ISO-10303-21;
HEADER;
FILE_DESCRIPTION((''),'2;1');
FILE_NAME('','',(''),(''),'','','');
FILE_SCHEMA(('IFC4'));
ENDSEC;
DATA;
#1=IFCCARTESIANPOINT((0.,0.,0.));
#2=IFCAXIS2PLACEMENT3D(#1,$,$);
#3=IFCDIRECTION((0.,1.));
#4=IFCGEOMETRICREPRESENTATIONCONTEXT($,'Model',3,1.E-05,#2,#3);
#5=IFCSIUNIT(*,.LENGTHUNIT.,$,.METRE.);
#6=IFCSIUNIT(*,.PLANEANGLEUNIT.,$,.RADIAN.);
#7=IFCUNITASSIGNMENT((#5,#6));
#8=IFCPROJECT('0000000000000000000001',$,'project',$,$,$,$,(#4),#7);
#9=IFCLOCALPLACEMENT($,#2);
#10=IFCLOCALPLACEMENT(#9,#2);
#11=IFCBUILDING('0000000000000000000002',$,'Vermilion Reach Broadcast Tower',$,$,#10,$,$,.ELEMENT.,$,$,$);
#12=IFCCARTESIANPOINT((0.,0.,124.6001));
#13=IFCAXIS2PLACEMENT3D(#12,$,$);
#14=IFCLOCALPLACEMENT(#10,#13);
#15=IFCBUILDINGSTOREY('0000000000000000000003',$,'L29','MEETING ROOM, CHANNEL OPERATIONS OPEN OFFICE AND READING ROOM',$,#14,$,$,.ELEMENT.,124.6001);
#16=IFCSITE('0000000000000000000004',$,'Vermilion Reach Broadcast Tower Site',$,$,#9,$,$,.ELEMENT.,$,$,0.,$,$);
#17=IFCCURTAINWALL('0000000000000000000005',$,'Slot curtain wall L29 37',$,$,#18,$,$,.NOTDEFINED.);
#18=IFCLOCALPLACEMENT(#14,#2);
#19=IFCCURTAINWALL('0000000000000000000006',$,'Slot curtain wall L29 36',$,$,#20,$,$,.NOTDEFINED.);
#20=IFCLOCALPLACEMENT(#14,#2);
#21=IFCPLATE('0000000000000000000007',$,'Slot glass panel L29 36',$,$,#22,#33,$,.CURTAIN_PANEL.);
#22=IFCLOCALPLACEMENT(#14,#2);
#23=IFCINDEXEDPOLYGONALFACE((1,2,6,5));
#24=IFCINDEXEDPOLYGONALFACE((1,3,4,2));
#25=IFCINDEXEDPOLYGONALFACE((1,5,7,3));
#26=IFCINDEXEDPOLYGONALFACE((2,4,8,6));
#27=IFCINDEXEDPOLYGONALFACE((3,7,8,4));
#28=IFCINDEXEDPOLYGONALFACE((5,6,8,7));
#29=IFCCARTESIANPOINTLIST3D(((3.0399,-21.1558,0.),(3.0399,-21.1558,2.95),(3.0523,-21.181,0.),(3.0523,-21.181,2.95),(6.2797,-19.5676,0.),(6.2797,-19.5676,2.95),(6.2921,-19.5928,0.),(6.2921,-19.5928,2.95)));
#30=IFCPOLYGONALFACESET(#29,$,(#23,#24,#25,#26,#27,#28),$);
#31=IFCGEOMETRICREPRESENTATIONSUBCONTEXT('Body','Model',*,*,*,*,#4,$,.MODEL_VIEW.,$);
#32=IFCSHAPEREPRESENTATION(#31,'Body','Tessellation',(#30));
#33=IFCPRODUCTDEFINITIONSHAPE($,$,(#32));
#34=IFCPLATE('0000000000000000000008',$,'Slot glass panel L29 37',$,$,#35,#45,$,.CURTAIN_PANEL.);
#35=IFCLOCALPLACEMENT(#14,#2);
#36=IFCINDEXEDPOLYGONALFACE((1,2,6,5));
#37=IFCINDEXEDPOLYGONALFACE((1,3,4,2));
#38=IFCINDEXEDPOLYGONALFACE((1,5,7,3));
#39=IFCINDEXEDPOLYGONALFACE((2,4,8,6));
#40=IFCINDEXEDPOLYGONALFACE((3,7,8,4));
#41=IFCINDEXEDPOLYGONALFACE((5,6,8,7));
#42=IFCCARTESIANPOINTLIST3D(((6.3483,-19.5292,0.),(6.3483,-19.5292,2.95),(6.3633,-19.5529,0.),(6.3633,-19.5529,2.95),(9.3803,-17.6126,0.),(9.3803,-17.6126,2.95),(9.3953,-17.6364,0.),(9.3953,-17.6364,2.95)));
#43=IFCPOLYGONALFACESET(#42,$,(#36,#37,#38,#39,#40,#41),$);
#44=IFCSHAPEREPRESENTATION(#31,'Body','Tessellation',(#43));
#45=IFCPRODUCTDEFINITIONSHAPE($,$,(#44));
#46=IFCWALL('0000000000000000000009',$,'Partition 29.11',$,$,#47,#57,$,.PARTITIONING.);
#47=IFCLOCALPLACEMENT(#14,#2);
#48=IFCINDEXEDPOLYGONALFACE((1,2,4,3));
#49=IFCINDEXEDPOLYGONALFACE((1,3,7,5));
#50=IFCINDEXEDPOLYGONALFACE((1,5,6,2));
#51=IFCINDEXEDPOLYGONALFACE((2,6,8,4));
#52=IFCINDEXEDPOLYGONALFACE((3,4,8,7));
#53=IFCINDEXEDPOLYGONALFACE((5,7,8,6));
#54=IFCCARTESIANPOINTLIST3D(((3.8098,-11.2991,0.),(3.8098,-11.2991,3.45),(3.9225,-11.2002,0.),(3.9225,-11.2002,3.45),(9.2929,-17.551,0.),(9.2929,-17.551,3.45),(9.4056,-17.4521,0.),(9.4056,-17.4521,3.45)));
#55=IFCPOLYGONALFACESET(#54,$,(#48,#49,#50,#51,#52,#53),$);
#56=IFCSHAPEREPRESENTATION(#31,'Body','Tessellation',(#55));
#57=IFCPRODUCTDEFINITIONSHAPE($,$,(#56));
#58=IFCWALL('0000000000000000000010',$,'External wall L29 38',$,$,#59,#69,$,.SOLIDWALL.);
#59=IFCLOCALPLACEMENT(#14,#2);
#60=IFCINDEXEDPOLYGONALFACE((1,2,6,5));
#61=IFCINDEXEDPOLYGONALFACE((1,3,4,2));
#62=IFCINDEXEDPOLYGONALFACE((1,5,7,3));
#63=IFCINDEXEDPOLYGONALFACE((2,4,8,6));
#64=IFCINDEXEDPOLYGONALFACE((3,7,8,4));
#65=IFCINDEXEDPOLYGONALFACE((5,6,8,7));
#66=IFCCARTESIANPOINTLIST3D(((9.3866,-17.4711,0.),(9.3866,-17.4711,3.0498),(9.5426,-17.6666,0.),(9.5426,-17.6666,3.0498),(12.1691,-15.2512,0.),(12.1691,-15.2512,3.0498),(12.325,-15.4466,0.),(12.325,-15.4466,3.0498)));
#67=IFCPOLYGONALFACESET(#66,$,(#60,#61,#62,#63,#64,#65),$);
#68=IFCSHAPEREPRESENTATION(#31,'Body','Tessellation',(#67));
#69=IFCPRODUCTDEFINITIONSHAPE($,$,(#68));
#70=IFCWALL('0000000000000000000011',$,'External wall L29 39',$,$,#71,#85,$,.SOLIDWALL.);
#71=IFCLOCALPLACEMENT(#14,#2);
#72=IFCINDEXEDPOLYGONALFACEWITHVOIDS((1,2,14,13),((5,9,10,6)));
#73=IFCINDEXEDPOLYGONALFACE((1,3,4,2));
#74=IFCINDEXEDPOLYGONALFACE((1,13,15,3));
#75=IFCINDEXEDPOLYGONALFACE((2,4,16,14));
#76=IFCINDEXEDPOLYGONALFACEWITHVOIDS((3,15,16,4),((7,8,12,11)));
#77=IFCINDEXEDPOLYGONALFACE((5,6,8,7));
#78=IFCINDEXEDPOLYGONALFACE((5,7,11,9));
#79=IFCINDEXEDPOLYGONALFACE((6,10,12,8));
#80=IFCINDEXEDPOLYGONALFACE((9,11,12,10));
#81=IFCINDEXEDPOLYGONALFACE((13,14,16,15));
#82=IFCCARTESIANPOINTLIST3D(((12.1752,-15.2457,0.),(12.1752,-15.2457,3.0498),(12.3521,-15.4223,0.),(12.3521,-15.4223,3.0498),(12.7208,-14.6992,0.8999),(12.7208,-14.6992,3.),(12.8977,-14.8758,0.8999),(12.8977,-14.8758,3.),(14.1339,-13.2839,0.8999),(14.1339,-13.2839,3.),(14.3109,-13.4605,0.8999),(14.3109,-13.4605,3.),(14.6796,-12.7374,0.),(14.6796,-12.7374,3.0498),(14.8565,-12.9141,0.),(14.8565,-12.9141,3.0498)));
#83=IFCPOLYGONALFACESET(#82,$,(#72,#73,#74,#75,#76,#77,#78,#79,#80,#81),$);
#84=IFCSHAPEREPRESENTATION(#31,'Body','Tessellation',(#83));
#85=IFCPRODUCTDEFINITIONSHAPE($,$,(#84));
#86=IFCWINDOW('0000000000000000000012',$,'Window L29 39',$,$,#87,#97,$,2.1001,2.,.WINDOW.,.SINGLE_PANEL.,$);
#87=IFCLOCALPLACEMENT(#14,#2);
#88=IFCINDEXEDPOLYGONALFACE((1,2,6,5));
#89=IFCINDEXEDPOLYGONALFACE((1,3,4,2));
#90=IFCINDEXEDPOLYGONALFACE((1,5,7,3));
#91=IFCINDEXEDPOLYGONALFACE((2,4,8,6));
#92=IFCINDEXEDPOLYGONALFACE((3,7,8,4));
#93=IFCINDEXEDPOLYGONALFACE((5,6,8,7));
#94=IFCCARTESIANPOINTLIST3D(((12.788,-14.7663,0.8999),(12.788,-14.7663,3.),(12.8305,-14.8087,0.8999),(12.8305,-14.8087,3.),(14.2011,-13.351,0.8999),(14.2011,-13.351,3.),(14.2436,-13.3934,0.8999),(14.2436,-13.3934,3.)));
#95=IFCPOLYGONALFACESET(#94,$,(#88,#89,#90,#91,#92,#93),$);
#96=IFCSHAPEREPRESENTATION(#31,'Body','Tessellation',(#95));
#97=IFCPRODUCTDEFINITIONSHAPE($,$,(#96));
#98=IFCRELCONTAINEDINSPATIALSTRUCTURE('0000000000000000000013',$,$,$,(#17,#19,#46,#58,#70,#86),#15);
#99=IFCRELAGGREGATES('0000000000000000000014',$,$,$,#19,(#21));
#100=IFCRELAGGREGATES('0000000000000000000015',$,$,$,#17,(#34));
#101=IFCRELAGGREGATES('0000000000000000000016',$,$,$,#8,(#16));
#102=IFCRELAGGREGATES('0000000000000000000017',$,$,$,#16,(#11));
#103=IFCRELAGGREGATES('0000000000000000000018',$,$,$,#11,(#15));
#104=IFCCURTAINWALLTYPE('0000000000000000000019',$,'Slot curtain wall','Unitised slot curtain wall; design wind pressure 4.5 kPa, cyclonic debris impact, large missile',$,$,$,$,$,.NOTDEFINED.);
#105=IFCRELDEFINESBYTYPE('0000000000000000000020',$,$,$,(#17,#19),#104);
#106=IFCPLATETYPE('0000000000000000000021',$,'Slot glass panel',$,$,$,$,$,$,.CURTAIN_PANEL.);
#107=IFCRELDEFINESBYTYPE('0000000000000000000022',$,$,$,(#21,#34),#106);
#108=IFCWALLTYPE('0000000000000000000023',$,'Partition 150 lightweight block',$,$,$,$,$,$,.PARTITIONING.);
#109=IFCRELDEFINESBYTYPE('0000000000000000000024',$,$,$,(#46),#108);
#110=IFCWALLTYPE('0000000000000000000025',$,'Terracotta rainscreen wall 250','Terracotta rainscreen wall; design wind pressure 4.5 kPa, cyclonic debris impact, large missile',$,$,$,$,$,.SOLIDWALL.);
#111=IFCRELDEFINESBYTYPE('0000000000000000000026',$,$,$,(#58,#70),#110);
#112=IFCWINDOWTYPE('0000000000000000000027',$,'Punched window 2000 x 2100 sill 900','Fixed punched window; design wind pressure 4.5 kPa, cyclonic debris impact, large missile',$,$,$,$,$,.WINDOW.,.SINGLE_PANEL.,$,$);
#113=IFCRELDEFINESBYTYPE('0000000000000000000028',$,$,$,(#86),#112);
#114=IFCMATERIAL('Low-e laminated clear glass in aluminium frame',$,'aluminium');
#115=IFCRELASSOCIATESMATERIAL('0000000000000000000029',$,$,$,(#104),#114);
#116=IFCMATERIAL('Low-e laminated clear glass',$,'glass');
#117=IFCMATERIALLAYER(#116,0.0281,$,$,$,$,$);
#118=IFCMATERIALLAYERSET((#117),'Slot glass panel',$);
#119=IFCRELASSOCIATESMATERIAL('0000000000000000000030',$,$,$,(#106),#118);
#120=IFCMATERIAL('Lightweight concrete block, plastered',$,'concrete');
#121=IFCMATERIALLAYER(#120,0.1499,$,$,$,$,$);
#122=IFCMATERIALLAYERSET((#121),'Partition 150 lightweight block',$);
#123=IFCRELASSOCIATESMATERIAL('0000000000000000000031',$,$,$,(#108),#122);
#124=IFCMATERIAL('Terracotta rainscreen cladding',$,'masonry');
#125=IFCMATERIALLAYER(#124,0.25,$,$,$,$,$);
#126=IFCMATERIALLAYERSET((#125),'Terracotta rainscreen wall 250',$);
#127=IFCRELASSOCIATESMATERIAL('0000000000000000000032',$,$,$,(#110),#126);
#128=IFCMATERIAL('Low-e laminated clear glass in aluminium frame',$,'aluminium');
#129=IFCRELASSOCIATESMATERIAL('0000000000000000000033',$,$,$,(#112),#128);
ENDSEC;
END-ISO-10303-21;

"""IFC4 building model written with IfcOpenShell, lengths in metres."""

from ifc_helpers import new_model, si_unit, direction, frame, frame_2d, origin, origin_2d, place, context, subcontext, project, spatial, rectangle, extrude, material, layer, layer_set, type_object, element, fill, aggregate, save


model = new_model("IFC4")

# Units and contexts
model_context = context("Model", 3, precision=1e-05, world=origin(), true_north=direction((0.0, 1.0)))
body_context = subcontext(model_context, "Body", "Model", "MODEL_VIEW")
ifc_project = project(units=[si_unit("LENGTHUNIT", "METRE"), si_unit("PLANEANGLEUNIT", "RADIAN")], contexts=[model_context])

# Site, building, storey
site_placement = place(None, origin())
site = spatial("IfcSite", under=ifc_project, at=site_placement, Name="Vermilion Reach Broadcast Tower Site", CompositionType="ELEMENT", RefElevation=0.0)
building_placement = place(site_placement, origin())
building = spatial("IfcBuilding", under=site, at=building_placement, Name="Vermilion Reach Broadcast Tower", CompositionType="ELEMENT")
storey_placement = place(building_placement, frame((0.0, 0.0, 124.6001)))
storey = spatial("IfcBuildingStorey", under=building, at=storey_placement, Name="L29", Description="MEETING ROOM, CHANNEL OPERATIONS OPEN OFFICE AND READING ROOM", CompositionType="ELEMENT", Elevation=124.6001)

# Curtain wall
ifc_material_1 = material(Name="Low-e laminated clear glass in aluminium frame", Category="aluminium")
curtain_wall_type = type_object("IfcCurtainWallType", Name="Slot curtain wall", Description="Unitised slot curtain wall; design wind pressure 4.5 kPa, cyclonic debris impact, large missile", PredefinedType="NOTDEFINED", material=ifc_material_1)
placement = place(storey_placement, origin())
curtain_wall_1 = element("IfcCurtainWall", 1, at=placement, inside=storey, type_object=curtain_wall_type, Name="Slot curtain wall L29 37", PredefinedType="NOTDEFINED")

# Curtain wall, plate
curtain_wall_2 = element("IfcCurtainWall", 2, at=placement, inside=storey, type_object=curtain_wall_type, Name="Slot curtain wall L29 36", PredefinedType="NOTDEFINED")
ifc_material_2 = material(Name="Low-e laminated clear glass", Category="glass")
ifc_layer_1 = layer(ifc_material_2, 0.0281)
ifc_layer_set_1 = layer_set([ifc_layer_1], Name="Slot glass panel")
plate_type = type_object("IfcPlateType", Name="Slot glass panel", PredefinedType="CURTAIN_PANEL", material=ifc_layer_set_1)
plate_1_placement = place(storey_placement, frame((4.666, -20.3743, 0.0), z_axis=(0.0, 0.0, 1.0), x_axis=(0.897918, 0.440164, 0.0)))
plate_1 = element("IfcPlate", 3, at=plate_1_placement, type_object=plate_type, Name="Slot glass panel L29 36", PredefinedType="CURTAIN_PANEL", context=body_context, shape_type="SweptSolid", body=[
    extrude(rectangle(XDim=3.6082, YDim=0.0281, at=origin_2d()), origin(), (0.0, 0.0, 1.0), 2.95),
])
aggregate(curtain_wall_2, [plate_1])

# Plate
plate_2_placement = place(storey_placement, frame((7.8718, -18.5828, 0.0), z_axis=(0.0, 0.0, 1.0), x_axis=(0.845285, 0.534316, 0.0)))
plate_2 = element("IfcPlate", 4, at=plate_2_placement, type_object=plate_type, Name="Slot glass panel L29 37", PredefinedType="CURTAIN_PANEL", context=body_context, shape_type="SweptSolid", body=[
    extrude(rectangle(XDim=3.5869, YDim=0.0281, at=origin_2d()), origin(), (0.0, 0.0, 1.0), 2.95),
])
aggregate(curtain_wall_1, [plate_2])

# Walls
ifc_material_3 = material(Name="Lightweight concrete block, plastered", Category="concrete")
ifc_layer_2 = layer(ifc_material_3, 0.1499)
ifc_layer_set_2 = layer_set([ifc_layer_2], Name="Partition 150 lightweight block")
wall_type_1 = type_object("IfcWallType", Name="Partition 150 lightweight block", PredefinedType="PARTITIONING", material=ifc_layer_set_2)
wall_1_placement = place(storey_placement, frame((9.3491, -17.5015, 0.0), z_axis=(0.0, 0.0, 1.0), x_axis=(-0.659369, 0.75182, 0.0)))
element("IfcWall", 5, at=wall_1_placement, inside=storey, type_object=wall_type_1, Name="Partition 29.11", PredefinedType="PARTITIONING", context=body_context, shape_type="SweptSolid", body=[
    extrude(rectangle(XDim=8.3157, YDim=0.1499, at=frame_2d((4.1577, 0.0))), origin(), (0.0, 0.0, 1.0), 3.45),
])
ifc_material_4 = material(Name="Terracotta rainscreen cladding", Category="masonry")
ifc_layer_3 = layer(ifc_material_4, 0.25)
ifc_layer_set_3 = layer_set([ifc_layer_3], Name="Terracotta rainscreen wall 250")
wall_type_2 = type_object("IfcWallType", Name="Terracotta rainscreen wall 250", Description="Terracotta rainscreen wall; design wind pressure 4.5 kPa, cyclonic debris impact, large missile", PredefinedType="SOLIDWALL", material=ifc_layer_set_3)
wall_2_placement = place(storey_placement, frame((9.4646, -17.5688, 0.0), z_axis=(0.0, 0.0, 1.0), x_axis=(0.781691, 0.623666, 0.0)))
element("IfcWall", 6, at=wall_2_placement, inside=storey, type_object=wall_type_2, Name="External wall L29 38", PredefinedType="SOLIDWALL", context=body_context, shape_type="SweptSolid", body=[
    extrude(rectangle(XDim=3.5596, YDim=0.25, at=frame_2d((1.7798, 0.0))), origin(), (0.0, 0.0, 1.0), 3.0498),
])

# Wall, opening, window
wall_3_placement = place(storey_placement, frame((12.2637, -15.334, 0.0), z_axis=(0.0, 0.0, 1.0), x_axis=(0.706556, 0.707658, 0.0)))
wall_3 = element("IfcWall", 7, at=wall_3_placement, inside=storey, type_object=wall_type_2, Name="External wall L29 39", PredefinedType="SOLIDWALL", context=body_context, shape_type="SweptSolid", body=[
    extrude(rectangle(XDim=3.5444, YDim=0.25, at=frame_2d((1.7722, 0.0))), origin(), (0.0, 0.0, 1.0), 3.0498),
])
opening_1_placement = place(wall_3_placement, frame((0.7722, 0.0, 0.8999)))
opening_1 = element("IfcOpeningElement", 8, at=opening_1_placement, cuts=wall_3, PredefinedType="OPENING", context=body_context, shape_type="SweptSolid", body=[
    extrude(rectangle(XDim=2.0, YDim=2.1001, at=frame_2d((1.0, 1.05))), frame((0.0, 0.135, 0.0), z_axis=(0.0, -1.0, 0.0), x_axis=(1.0, 0.0, 0.0)), (0.0, 0.0, 1.0), 0.27),
])
ifc_material_5 = material(Name="Low-e laminated clear glass in aluminium frame", Category="aluminium")
window_type = type_object("IfcWindowType", Name="Punched window 2000 x 2100 sill 900", Description="Fixed punched window; design wind pressure 4.5 kPa, cyclonic debris impact, large missile", PartitioningType="SINGLE_PANEL", PredefinedType="WINDOW", material=ifc_material_5)
window_placement = place(opening_1_placement, origin())
window = element("IfcWindow", 9, at=window_placement, inside=storey, type_object=window_type, Name="Window L29 39", OverallHeight=2.1001, OverallWidth=2.0, PartitioningType="SINGLE_PANEL", PredefinedType="WINDOW", context=body_context, shape_type="SweptSolid", body=[
    extrude(rectangle(XDim=2.0, YDim=2.1001, at=frame_2d((1.0, 1.05))), frame((0.0, 0.03, 0.0), z_axis=(0.0, -1.0, 0.0), x_axis=(1.0, 0.0, 0.0)), (0.0, 0.0, 1.0), 0.0601),
])
fill(opening_1, window)

save(model, "model.ifc")
